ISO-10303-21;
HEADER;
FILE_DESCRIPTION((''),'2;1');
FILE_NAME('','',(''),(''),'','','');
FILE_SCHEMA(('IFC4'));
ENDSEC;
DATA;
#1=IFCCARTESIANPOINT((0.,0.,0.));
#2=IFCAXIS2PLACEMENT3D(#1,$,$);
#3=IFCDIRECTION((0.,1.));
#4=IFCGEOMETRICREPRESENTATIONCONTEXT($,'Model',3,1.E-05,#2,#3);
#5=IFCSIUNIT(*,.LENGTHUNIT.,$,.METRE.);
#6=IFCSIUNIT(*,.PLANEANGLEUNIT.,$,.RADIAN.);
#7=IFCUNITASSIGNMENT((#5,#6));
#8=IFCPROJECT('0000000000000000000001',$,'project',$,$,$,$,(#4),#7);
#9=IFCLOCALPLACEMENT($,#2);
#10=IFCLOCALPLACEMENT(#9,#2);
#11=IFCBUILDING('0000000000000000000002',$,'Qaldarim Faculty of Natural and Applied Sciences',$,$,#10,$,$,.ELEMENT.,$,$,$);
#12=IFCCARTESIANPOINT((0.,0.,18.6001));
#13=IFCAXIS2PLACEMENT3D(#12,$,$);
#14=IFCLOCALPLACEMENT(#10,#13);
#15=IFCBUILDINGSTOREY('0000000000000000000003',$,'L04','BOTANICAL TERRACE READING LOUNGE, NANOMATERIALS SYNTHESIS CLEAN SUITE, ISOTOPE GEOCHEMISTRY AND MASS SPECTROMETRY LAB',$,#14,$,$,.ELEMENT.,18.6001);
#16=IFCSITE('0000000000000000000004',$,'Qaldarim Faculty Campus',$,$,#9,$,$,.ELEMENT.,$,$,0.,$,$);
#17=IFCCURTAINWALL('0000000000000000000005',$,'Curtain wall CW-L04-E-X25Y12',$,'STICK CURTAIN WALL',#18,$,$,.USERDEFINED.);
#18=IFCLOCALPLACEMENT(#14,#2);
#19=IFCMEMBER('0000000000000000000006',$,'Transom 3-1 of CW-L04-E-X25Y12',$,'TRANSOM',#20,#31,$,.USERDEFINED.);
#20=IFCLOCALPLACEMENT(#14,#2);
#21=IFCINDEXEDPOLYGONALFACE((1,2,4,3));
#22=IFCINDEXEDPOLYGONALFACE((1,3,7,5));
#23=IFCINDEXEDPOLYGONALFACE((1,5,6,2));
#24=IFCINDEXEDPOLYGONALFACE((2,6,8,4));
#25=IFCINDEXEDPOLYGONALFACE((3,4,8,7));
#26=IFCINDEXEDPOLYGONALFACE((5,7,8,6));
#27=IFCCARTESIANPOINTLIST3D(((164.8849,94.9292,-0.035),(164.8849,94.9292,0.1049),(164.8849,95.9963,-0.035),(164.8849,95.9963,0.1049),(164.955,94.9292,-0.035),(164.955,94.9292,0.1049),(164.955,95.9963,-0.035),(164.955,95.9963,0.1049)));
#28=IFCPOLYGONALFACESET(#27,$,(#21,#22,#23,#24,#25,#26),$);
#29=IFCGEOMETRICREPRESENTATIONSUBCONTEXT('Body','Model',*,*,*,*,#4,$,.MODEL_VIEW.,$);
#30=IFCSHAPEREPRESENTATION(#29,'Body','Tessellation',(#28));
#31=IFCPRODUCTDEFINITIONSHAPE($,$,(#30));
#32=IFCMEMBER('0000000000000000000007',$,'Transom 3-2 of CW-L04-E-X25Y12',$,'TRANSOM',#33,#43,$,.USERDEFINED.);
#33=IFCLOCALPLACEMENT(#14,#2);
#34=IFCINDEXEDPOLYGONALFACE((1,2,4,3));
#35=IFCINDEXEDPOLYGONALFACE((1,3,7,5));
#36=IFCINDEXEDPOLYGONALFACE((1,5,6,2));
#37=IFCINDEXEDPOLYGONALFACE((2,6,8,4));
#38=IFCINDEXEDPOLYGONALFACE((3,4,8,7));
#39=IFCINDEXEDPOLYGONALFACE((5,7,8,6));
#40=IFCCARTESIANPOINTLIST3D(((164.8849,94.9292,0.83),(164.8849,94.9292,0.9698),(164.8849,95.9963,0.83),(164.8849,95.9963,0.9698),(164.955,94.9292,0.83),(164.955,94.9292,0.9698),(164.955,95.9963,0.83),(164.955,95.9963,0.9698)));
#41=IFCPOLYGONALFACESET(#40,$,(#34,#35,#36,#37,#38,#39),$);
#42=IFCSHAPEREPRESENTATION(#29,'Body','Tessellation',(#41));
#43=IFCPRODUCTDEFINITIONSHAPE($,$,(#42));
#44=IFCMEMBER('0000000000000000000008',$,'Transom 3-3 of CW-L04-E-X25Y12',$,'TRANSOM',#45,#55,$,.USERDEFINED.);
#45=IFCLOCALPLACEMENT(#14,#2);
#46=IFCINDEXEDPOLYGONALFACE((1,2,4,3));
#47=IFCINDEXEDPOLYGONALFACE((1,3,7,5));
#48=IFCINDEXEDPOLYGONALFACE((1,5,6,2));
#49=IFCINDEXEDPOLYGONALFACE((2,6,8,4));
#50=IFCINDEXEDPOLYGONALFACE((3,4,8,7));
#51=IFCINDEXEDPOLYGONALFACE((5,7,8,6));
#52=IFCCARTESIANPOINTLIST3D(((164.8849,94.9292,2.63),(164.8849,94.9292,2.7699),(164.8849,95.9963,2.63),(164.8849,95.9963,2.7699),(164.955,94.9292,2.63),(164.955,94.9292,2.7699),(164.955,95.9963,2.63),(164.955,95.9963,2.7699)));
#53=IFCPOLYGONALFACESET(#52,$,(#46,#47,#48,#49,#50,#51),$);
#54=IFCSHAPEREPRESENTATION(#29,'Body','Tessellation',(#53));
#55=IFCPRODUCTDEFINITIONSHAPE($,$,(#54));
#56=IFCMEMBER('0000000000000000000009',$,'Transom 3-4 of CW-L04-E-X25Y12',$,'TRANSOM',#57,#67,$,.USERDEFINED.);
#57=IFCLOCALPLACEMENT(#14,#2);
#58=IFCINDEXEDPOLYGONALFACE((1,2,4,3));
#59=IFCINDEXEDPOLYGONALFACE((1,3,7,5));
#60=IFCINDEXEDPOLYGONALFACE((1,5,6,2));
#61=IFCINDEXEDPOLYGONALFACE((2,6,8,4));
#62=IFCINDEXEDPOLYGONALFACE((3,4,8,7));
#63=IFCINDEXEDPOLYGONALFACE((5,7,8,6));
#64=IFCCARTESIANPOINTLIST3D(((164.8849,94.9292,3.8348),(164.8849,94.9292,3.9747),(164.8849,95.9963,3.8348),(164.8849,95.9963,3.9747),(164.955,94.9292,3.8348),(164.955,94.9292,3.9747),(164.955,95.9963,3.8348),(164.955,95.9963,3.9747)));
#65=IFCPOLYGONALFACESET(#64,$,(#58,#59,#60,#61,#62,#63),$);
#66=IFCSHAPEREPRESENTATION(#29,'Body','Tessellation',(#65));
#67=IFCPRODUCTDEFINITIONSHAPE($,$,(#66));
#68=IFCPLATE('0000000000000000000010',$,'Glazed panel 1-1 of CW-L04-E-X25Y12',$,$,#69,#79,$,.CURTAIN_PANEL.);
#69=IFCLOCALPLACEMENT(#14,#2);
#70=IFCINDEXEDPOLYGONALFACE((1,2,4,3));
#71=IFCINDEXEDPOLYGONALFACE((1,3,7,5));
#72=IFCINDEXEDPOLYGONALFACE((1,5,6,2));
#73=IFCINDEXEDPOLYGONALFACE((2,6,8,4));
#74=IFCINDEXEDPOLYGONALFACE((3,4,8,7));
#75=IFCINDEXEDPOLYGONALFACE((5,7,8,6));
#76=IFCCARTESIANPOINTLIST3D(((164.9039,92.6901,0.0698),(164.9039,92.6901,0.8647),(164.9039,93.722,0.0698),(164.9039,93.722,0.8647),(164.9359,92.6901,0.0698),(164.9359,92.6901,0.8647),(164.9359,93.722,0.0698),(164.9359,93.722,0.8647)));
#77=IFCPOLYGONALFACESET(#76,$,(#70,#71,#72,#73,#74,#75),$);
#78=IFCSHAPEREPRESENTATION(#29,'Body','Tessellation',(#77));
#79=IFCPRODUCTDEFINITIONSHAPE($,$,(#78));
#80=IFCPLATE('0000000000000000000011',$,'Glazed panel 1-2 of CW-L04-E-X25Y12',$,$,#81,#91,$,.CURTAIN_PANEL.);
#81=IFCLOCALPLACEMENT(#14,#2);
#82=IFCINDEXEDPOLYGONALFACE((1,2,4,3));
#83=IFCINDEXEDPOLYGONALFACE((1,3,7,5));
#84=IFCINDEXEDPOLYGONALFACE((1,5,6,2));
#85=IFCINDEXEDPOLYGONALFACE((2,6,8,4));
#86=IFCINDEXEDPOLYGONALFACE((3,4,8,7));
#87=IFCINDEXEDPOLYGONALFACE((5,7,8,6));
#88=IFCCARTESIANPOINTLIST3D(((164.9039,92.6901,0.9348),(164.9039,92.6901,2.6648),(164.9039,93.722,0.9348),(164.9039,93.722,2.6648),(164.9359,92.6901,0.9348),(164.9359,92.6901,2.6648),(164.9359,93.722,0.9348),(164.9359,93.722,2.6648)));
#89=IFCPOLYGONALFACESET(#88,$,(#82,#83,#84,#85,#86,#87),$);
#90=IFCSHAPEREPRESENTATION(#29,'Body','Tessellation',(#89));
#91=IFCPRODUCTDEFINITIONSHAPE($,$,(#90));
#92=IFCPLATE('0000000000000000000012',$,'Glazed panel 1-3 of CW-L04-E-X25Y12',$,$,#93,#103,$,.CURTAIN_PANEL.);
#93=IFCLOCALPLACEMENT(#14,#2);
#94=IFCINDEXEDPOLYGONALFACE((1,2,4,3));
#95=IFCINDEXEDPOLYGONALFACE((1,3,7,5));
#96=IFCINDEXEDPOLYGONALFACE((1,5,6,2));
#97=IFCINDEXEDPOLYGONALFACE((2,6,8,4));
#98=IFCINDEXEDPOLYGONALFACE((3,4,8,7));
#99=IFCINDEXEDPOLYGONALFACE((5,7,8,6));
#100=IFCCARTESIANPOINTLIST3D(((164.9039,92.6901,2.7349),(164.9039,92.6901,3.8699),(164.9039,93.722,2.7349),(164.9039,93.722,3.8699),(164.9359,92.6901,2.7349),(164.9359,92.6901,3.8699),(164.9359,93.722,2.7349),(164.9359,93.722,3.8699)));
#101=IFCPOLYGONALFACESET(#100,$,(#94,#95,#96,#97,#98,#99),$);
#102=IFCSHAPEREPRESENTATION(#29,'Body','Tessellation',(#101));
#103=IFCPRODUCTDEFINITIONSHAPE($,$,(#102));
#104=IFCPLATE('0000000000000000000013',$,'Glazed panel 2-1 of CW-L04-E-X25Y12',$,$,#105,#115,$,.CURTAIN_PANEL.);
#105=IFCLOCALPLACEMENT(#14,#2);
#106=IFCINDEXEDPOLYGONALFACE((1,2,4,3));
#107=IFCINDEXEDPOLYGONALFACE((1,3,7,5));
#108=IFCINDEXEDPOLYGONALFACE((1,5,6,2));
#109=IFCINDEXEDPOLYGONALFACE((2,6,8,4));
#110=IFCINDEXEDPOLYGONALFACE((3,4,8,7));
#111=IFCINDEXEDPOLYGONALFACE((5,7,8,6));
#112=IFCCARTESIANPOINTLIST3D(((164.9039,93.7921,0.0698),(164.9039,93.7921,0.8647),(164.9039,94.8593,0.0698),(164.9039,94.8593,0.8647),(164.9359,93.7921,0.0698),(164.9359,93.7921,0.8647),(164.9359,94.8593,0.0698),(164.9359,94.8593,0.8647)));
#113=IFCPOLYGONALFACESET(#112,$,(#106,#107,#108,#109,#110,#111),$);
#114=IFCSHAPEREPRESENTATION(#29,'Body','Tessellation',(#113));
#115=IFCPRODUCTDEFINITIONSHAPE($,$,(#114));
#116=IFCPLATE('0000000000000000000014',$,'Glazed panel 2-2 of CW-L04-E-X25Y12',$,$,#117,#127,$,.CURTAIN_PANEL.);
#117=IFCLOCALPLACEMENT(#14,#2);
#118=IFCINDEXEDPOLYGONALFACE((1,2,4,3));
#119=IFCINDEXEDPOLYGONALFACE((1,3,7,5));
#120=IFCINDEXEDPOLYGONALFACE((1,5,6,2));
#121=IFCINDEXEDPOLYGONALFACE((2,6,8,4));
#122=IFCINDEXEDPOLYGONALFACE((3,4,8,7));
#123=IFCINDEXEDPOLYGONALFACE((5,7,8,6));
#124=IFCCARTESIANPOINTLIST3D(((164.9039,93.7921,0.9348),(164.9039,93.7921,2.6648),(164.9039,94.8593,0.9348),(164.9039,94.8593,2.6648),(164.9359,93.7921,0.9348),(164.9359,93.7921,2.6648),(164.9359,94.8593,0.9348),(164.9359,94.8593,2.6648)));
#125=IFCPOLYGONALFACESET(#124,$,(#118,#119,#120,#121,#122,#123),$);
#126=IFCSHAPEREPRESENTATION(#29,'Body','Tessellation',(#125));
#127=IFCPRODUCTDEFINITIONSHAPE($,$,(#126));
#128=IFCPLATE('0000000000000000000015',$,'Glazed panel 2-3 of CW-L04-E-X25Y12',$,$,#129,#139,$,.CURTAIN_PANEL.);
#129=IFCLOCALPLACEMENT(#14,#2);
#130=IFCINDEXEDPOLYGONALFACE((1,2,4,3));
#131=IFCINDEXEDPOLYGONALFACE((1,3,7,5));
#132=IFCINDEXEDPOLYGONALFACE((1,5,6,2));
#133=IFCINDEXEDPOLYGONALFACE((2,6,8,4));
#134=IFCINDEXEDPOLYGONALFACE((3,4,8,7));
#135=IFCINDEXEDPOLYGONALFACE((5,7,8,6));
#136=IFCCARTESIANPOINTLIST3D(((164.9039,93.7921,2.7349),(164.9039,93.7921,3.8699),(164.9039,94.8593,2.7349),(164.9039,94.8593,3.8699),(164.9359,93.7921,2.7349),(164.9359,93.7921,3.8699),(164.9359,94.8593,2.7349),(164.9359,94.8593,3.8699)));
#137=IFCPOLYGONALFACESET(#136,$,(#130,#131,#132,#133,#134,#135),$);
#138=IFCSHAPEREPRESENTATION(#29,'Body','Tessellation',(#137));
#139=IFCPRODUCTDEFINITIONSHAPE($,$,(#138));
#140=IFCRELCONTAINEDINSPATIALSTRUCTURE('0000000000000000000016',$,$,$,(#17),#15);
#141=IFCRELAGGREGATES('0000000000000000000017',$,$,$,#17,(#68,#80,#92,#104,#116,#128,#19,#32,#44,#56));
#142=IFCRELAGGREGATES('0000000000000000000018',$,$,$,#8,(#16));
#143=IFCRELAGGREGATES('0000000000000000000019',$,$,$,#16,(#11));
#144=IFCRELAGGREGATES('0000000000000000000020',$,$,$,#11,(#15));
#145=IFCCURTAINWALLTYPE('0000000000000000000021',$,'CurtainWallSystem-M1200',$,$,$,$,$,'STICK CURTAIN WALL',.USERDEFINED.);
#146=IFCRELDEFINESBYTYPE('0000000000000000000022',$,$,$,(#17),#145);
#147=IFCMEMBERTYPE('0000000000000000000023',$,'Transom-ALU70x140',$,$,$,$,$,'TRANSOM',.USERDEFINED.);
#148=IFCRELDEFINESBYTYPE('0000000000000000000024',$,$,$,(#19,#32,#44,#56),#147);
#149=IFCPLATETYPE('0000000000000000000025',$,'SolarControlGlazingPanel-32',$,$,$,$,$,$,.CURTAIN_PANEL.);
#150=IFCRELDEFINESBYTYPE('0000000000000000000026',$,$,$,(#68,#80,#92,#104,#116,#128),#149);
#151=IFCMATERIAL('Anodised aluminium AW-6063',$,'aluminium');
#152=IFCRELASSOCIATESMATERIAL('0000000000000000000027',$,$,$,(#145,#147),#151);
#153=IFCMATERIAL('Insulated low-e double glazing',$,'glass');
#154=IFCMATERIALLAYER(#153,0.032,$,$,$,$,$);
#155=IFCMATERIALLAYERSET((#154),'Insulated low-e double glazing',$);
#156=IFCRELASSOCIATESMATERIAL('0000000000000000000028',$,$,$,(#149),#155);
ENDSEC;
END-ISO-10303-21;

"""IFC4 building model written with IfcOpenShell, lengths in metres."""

from ifc_helpers import new_model, si_unit, direction, frame, origin, origin_2d, place, context, subcontext, project, spatial, rectangle, extrude, material, layer, layer_set, material_profile, profile_set, type_object, element, aggregate, save


model = new_model("IFC4")

# Units and contexts
model_context = context("Model", 3, precision=1e-05, world=origin(), true_north=direction((0.0, 1.0)))
body_context = subcontext(model_context, "Body", "Model", "MODEL_VIEW")
ifc_project = project(units=[si_unit("LENGTHUNIT", "METRE"), si_unit("PLANEANGLEUNIT", "RADIAN")], contexts=[model_context])

# Site, building, storey
site_placement = place(None, origin())
site = spatial("IfcSite", under=ifc_project, at=site_placement, Name="Qaldarim Faculty Campus", CompositionType="ELEMENT", RefElevation=0.0)
building_placement = place(site_placement, origin())
building = spatial("IfcBuilding", under=site, at=building_placement, Name="Qaldarim Faculty of Natural and Applied Sciences", CompositionType="ELEMENT")
storey_placement = place(building_placement, frame((0.0, 0.0, 18.6001)))
storey = spatial("IfcBuildingStorey", under=building, at=storey_placement, Name="L04", Description="BOTANICAL TERRACE READING LOUNGE, NANOMATERIALS SYNTHESIS CLEAN SUITE, ISOTOPE GEOCHEMISTRY AND MASS SPECTROMETRY LAB", CompositionType="ELEMENT", Elevation=18.6001)

# Shared definitions
ifc_material_1 = material(Name="Anodised aluminium AW-6063", Category="aluminium")
curtain_wall_type = type_object("IfcCurtainWallType", Name="CurtainWallSystem-M1200", ElementType="STICK CURTAIN WALL", PredefinedType="USERDEFINED", material=ifc_material_1)

# Curtain wall, members, plates
curtain_wall_1_placement = place(storey_placement, origin())
curtain_wall_1 = element("IfcCurtainWall", 1, at=curtain_wall_1_placement, inside=storey, type_object=curtain_wall_type, Name="Curtain wall CW-L04-E-X25Y12", ObjectType="STICK CURTAIN WALL", PredefinedType="USERDEFINED")
ifc_material_profile_1 = material_profile(ifc_material_1, rectangle(XDim=0.0701, YDim=0.1399, at=origin_2d()), Name="ALU-T70x140")
ifc_profile_set_1 = profile_set([ifc_material_profile_1], Name="Anodised aluminium AW-6063")
member_type_1 = type_object("IfcMemberType", Name="Transom-ALU70x140", ElementType="TRANSOM", PredefinedType="USERDEFINED", material=ifc_profile_set_1)
member_1_placement = place(storey_placement, frame((164.9199, 94.9292, 0.0349), z_axis=(0.0, 1.0, 0.0), x_axis=(-1.0, 0.0, 0.0)))
member_1 = element("IfcMember", 2, at=member_1_placement, type_object=member_type_1, Name="Transom 3-1 of CW-L04-E-X25Y12", ObjectType="TRANSOM", PredefinedType="USERDEFINED", context=body_context, shape_type="SweptSolid", body=[
    extrude(rectangle(XDim=0.0701, YDim=0.1399, at=origin_2d()), origin(), (0.0, 0.0, 1.0), 1.0671),
])
member_2_placement = place(storey_placement, frame((164.9199, 94.9292, 0.8999), z_axis=(0.0, 1.0, 0.0), x_axis=(-1.0, 0.0, 0.0)))
member_2 = element("IfcMember", 3, at=member_2_placement, type_object=member_type_1, Name="Transom 3-2 of CW-L04-E-X25Y12", ObjectType="TRANSOM", PredefinedType="USERDEFINED", context=body_context, shape_type="SweptSolid", body=[
    extrude(rectangle(XDim=0.0701, YDim=0.1399, at=origin_2d()), origin(), (0.0, 0.0, 1.0), 1.0671),
])
member_3_placement = place(storey_placement, frame((164.9199, 94.9292, 2.7), z_axis=(0.0, 1.0, 0.0), x_axis=(-1.0, 0.0, 0.0)))
member_3 = element("IfcMember", 4, at=member_3_placement, type_object=member_type_1, Name="Transom 3-3 of CW-L04-E-X25Y12", ObjectType="TRANSOM", PredefinedType="USERDEFINED", context=body_context, shape_type="SweptSolid", body=[
    extrude(rectangle(XDim=0.0701, YDim=0.1399, at=origin_2d()), origin(), (0.0, 0.0, 1.0), 1.0671),
])
member_4_placement = place(storey_placement, frame((164.9199, 94.9292, 3.9048), z_axis=(0.0, 1.0, 0.0), x_axis=(-1.0, 0.0, 0.0)))
member_4 = element("IfcMember", 5, at=member_4_placement, type_object=member_type_1, Name="Transom 3-4 of CW-L04-E-X25Y12", ObjectType="TRANSOM", PredefinedType="USERDEFINED", context=body_context, shape_type="SweptSolid", body=[
    extrude(rectangle(XDim=0.0701, YDim=0.1399, at=origin_2d()), origin(), (0.0, 0.0, 1.0), 1.0671),
])
ifc_material_2 = material(Name="Insulated low-e double glazing", Category="glass")
ifc_layer = layer(ifc_material_2, 0.032)
ifc_layer_set = layer_set([ifc_layer], Name="Insulated low-e double glazing")
plate_type = type_object("IfcPlateType", Name="SolarControlGlazingPanel-32", PredefinedType="CURTAIN_PANEL", material=ifc_layer_set)
plate_1_placement = place(storey_placement, frame((164.9199, 93.2061, 0.0698), z_axis=(0.0, 0.0, 1.0), x_axis=(0.0, 1.0, 0.0)))
plate_1 = element("IfcPlate", 6, at=plate_1_placement, type_object=plate_type, Name="Glazed panel 1-1 of CW-L04-E-X25Y12", PredefinedType="CURTAIN_PANEL", context=body_context, shape_type="SweptSolid", body=[
    extrude(rectangle(XDim=1.032, YDim=0.032, at=origin_2d()), origin(), (0.0, 0.0, 1.0), 0.7949),
])
plate_2_placement = place(storey_placement, frame((164.9199, 93.2061, 0.9348), z_axis=(0.0, 0.0, 1.0), x_axis=(0.0, 1.0, 0.0)))
plate_2 = element("IfcPlate", 7, at=plate_2_placement, type_object=plate_type, Name="Glazed panel 1-2 of CW-L04-E-X25Y12", PredefinedType="CURTAIN_PANEL", context=body_context, shape_type="SweptSolid", body=[
    extrude(rectangle(XDim=1.032, YDim=0.032, at=origin_2d()), origin(), (0.0, 0.0, 1.0), 1.73),
])
plate_3_placement = place(storey_placement, frame((164.9199, 93.2061, 2.7349), z_axis=(0.0, 0.0, 1.0), x_axis=(0.0, 1.0, 0.0)))
plate_3 = element("IfcPlate", 8, at=plate_3_placement, type_object=plate_type, Name="Glazed panel 1-3 of CW-L04-E-X25Y12", PredefinedType="CURTAIN_PANEL", context=body_context, shape_type="SweptSolid", body=[
    extrude(rectangle(XDim=1.032, YDim=0.032, at=origin_2d()), origin(), (0.0, 0.0, 1.0), 1.135),
])
plate_4_placement = place(storey_placement, frame((164.9199, 94.3257, 0.0698), z_axis=(0.0, 0.0, 1.0), x_axis=(0.0, 1.0, 0.0)))
plate_4 = element("IfcPlate", 9, at=plate_4_placement, type_object=plate_type, Name="Glazed panel 2-1 of CW-L04-E-X25Y12", PredefinedType="CURTAIN_PANEL", context=body_context, shape_type="SweptSolid", body=[
    extrude(rectangle(XDim=1.0671, YDim=0.032, at=origin_2d()), origin(), (0.0, 0.0, 1.0), 0.7949),
])
plate_5_placement = place(storey_placement, frame((164.9199, 94.3257, 0.9348), z_axis=(0.0, 0.0, 1.0), x_axis=(0.0, 1.0, 0.0)))
plate_5 = element("IfcPlate", 10, at=plate_5_placement, type_object=plate_type, Name="Glazed panel 2-2 of CW-L04-E-X25Y12", PredefinedType="CURTAIN_PANEL", context=body_context, shape_type="SweptSolid", body=[
    extrude(rectangle(XDim=1.0671, YDim=0.032, at=origin_2d()), origin(), (0.0, 0.0, 1.0), 1.73),
])
plate_6_placement = place(storey_placement, frame((164.9199, 94.3257, 2.7349), z_axis=(0.0, 0.0, 1.0), x_axis=(0.0, 1.0, 0.0)))
plate_6 = element("IfcPlate", 11, at=plate_6_placement, type_object=plate_type, Name="Glazed panel 2-3 of CW-L04-E-X25Y12", PredefinedType="CURTAIN_PANEL", context=body_context, shape_type="SweptSolid", body=[
    extrude(rectangle(XDim=1.0671, YDim=0.032, at=origin_2d()), origin(), (0.0, 0.0, 1.0), 1.135),
])
aggregate(curtain_wall_1, [plate_1, plate_2, plate_3, plate_4, plate_5, plate_6, member_1, member_2, member_3, member_4])

save(model, "model.ifc")
